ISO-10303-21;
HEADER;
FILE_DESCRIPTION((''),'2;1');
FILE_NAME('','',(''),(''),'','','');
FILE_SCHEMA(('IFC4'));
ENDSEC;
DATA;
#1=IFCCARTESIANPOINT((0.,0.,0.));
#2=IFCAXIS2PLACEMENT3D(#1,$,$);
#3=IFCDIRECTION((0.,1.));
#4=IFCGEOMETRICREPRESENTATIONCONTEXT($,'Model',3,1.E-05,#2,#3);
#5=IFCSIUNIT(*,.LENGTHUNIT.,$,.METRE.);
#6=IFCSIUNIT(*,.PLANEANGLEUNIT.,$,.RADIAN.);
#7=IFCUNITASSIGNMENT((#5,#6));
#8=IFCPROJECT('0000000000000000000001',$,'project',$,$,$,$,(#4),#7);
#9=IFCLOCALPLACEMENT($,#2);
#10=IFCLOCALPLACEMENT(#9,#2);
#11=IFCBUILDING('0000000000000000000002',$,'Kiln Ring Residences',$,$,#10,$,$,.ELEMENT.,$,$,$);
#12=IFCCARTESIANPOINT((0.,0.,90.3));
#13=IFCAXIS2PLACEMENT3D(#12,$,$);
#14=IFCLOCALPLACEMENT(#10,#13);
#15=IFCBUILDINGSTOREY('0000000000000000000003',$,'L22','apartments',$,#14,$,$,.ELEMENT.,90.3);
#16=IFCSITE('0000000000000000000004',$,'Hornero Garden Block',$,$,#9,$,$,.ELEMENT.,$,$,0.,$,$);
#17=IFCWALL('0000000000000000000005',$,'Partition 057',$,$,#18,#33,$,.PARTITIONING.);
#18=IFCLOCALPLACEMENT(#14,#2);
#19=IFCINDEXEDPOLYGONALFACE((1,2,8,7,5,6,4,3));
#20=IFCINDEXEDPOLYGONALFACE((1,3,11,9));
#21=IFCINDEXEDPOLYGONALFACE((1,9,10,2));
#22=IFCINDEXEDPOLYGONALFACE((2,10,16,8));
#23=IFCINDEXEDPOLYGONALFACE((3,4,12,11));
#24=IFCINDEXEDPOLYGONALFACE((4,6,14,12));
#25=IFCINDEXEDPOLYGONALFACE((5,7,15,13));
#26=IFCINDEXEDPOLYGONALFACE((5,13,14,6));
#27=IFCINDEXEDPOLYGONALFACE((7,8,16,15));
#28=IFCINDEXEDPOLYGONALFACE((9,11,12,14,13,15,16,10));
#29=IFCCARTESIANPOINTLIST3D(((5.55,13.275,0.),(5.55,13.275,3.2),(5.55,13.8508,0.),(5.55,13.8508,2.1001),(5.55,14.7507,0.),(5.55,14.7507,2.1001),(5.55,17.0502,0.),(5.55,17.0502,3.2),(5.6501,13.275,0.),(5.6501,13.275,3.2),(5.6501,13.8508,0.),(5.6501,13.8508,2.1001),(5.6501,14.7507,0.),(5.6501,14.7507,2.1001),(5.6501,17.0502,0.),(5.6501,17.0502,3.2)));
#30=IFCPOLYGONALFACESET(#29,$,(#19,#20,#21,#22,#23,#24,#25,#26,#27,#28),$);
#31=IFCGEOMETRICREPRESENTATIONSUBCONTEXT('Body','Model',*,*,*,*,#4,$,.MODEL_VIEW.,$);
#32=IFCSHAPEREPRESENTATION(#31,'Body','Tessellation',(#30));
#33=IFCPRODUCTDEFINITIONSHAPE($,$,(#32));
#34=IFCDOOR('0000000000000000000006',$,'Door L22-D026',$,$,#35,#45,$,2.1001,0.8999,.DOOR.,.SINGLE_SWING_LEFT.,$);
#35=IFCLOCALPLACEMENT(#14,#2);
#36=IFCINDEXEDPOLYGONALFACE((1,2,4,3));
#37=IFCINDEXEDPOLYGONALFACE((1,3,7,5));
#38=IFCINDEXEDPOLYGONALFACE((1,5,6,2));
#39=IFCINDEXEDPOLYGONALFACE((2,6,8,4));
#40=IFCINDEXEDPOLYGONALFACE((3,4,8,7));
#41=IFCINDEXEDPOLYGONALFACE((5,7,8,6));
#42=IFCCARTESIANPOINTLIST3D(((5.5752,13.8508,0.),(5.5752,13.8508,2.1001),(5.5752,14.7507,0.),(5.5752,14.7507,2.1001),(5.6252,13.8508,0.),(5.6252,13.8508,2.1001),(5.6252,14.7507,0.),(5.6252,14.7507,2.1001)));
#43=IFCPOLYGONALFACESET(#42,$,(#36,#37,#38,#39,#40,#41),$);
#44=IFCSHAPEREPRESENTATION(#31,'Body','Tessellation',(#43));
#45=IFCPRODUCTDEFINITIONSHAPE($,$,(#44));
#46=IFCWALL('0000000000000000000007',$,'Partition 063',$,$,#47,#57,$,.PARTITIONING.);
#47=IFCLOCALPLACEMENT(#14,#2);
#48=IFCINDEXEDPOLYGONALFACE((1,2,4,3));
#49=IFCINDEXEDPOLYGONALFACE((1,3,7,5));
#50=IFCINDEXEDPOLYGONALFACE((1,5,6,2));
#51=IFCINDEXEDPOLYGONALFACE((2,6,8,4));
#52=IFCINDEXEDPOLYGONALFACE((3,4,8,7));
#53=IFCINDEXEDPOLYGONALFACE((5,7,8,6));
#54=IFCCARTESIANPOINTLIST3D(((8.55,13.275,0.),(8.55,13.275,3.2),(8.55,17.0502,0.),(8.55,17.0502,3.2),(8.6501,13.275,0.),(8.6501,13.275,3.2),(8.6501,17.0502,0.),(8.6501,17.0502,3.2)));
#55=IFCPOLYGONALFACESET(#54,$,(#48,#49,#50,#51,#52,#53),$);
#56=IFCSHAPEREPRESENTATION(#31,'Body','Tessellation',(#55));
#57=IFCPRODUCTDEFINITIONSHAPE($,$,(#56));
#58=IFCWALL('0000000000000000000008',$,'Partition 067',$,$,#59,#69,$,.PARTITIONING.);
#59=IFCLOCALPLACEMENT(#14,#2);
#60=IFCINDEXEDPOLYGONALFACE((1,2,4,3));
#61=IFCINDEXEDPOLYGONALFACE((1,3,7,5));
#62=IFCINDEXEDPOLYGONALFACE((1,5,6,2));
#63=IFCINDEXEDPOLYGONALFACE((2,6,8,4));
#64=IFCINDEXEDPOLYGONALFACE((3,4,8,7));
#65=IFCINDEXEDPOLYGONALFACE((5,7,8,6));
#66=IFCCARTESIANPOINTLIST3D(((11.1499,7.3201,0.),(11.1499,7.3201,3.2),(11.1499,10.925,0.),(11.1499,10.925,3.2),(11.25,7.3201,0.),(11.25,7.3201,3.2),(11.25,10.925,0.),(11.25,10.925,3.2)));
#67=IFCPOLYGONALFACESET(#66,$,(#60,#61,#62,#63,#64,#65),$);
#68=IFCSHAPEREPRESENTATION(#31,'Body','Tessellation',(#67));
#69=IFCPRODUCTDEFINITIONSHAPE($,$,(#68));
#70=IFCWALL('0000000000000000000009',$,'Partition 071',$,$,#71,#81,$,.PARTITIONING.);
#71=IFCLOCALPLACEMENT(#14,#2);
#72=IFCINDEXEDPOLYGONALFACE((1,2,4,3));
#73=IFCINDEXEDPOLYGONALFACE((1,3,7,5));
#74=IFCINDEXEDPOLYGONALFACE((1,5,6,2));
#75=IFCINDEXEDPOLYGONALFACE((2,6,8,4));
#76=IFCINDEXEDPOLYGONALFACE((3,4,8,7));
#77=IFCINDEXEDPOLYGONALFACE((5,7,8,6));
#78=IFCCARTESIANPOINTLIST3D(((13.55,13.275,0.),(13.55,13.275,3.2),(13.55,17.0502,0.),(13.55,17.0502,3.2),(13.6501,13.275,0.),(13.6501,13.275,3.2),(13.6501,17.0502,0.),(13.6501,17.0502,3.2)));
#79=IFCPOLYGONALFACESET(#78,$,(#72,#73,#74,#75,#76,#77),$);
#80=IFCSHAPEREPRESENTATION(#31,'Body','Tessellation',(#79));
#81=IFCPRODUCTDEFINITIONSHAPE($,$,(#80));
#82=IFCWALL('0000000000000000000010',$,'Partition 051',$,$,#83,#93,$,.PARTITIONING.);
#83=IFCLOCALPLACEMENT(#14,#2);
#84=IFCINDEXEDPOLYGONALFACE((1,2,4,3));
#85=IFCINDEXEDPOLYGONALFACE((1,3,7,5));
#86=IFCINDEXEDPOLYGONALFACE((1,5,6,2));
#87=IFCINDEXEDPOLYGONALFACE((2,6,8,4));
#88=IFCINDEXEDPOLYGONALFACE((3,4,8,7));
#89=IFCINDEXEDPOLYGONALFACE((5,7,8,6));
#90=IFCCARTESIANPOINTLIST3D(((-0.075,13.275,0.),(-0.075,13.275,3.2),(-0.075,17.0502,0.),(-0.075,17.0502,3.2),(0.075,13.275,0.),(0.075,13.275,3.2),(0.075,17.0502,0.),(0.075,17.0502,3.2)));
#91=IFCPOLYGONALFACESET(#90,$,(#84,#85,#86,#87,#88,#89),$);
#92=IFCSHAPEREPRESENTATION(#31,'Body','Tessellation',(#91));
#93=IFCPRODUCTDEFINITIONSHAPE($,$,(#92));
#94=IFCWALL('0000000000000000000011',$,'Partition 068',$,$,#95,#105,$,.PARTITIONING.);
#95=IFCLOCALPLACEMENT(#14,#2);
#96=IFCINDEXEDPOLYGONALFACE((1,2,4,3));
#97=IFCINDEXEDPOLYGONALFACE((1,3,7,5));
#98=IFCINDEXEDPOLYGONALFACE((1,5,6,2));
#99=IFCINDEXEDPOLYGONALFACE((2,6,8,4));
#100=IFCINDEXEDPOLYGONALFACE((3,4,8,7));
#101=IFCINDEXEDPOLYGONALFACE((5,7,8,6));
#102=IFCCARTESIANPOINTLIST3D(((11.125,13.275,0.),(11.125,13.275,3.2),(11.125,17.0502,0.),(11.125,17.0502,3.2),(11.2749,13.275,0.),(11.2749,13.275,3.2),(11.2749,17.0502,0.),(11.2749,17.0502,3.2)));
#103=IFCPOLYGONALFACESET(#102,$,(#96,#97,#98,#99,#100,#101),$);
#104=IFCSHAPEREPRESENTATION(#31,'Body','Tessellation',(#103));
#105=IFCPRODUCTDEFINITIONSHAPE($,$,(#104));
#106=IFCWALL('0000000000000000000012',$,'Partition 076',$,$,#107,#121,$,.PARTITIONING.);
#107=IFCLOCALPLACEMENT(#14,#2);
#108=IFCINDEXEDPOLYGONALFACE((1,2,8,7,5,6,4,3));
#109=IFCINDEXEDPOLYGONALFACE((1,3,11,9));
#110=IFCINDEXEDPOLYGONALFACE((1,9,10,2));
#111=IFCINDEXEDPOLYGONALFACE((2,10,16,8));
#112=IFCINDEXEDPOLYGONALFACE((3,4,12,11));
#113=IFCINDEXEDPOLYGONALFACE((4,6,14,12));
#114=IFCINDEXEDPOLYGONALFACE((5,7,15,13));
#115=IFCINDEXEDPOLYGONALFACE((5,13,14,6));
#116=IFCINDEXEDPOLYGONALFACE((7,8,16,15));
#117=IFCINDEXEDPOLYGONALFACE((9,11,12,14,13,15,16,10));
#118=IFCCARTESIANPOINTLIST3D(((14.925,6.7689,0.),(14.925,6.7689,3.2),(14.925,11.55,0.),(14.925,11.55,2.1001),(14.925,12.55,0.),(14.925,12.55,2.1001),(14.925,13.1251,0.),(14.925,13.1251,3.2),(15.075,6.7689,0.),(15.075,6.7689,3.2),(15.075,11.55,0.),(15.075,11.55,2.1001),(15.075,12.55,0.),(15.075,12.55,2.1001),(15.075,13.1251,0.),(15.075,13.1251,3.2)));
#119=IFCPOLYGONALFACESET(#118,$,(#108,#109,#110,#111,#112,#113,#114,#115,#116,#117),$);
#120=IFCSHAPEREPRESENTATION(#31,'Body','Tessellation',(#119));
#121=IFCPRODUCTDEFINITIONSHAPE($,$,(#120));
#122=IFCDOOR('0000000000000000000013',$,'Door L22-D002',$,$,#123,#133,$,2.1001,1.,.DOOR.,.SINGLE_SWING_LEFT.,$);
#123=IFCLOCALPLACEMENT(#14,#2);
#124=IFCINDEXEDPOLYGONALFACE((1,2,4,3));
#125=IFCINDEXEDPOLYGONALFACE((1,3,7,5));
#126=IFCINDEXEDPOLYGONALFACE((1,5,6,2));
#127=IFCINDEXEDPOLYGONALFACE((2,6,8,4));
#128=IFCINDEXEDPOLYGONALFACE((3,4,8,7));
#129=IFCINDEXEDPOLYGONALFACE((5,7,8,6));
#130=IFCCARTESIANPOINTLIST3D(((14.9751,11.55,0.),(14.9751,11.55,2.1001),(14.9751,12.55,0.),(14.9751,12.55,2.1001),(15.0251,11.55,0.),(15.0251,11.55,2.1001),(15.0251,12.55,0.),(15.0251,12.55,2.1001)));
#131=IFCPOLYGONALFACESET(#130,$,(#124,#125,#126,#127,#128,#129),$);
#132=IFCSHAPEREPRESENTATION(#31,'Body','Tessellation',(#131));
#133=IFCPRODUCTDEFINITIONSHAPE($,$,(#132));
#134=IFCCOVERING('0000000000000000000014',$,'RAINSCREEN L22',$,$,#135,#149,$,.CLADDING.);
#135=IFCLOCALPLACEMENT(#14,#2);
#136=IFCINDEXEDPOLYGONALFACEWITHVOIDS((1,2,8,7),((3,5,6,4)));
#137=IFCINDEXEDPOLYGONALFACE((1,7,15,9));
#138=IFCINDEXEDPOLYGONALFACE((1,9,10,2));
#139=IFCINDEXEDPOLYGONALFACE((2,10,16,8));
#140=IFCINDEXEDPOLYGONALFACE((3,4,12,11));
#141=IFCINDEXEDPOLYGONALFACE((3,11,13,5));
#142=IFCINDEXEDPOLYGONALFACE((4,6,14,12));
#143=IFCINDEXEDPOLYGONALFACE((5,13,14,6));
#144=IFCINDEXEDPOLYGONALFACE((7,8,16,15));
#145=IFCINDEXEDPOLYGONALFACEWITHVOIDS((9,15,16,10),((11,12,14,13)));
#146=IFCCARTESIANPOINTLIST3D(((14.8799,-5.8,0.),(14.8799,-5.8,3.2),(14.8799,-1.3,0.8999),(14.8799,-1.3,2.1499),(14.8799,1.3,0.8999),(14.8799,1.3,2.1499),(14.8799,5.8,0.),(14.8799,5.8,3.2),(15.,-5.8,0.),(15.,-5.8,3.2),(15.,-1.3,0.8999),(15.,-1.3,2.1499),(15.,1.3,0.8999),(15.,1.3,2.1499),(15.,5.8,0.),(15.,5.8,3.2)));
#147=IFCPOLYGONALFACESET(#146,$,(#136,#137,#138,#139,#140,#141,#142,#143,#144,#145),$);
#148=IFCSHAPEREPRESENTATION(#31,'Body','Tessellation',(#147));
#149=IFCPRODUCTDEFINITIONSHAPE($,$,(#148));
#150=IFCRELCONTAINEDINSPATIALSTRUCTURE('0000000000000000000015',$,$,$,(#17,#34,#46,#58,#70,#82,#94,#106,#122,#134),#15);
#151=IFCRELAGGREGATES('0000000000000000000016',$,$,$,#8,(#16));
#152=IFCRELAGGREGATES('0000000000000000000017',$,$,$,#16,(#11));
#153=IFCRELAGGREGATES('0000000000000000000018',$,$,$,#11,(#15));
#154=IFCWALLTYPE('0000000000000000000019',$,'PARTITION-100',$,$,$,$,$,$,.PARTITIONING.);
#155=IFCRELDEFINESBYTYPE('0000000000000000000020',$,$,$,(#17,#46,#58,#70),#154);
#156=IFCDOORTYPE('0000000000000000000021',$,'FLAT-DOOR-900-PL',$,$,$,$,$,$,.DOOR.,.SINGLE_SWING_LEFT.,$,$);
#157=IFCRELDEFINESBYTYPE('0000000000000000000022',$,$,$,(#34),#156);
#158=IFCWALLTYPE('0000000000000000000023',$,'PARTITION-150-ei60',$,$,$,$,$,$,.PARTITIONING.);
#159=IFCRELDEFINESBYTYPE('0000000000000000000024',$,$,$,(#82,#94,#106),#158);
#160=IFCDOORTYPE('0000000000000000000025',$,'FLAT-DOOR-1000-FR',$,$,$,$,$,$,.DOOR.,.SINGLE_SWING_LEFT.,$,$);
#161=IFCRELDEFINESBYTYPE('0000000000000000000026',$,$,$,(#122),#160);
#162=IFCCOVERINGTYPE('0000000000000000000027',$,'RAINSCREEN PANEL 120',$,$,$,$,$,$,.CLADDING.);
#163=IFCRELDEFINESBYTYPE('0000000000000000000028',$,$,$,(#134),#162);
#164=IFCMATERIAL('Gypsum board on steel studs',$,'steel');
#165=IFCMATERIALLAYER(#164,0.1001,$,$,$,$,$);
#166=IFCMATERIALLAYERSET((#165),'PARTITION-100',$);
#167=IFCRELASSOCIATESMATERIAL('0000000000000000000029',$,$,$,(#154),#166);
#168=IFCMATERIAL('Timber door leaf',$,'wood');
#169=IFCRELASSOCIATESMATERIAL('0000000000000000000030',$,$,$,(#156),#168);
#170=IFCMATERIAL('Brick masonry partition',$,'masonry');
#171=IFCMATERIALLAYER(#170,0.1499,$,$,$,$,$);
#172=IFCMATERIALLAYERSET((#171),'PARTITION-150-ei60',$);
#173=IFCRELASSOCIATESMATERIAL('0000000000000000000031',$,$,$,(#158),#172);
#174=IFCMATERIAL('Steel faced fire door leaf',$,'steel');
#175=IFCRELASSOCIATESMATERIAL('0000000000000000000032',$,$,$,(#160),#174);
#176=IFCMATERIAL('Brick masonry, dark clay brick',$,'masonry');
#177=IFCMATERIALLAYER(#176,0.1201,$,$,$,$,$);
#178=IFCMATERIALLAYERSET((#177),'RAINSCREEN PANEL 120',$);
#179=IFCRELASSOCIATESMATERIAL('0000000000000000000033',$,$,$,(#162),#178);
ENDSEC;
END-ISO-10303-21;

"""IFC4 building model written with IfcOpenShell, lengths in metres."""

from ifc_helpers import new_model, si_unit, direction, frame, frame_2d, origin, place, context, subcontext, project, spatial, polyline, rectangle, outline, extrude, material, layer, layer_set, type_object, element, fill, save


model = new_model("IFC4")

# Units and contexts
model_context = context("Model", 3, precision=1e-05, world=origin(), true_north=direction((0.0, 1.0)))
body_context = subcontext(model_context, "Body", "Model", "MODEL_VIEW")
ifc_project = project(units=[si_unit("LENGTHUNIT", "METRE"), si_unit("PLANEANGLEUNIT", "RADIAN")], contexts=[model_context])

# Site, building, storey
site_placement = place(None, origin())
site = spatial("IfcSite", under=ifc_project, at=site_placement, Name="Hornero Garden Block", CompositionType="ELEMENT", RefElevation=0.0)
building_placement = place(site_placement, origin())
building = spatial("IfcBuilding", under=site, at=building_placement, Name="Kiln Ring Residences", CompositionType="ELEMENT")
storey_placement = place(building_placement, frame((0.0, 0.0, 90.3)))
storey = spatial("IfcBuildingStorey", under=building, at=storey_placement, Name="L22", Description="apartments", CompositionType="ELEMENT", Elevation=90.3)

# Shared definitions
ifc_material_1 = material(Name="Gypsum board on steel studs", Category="steel")
ifc_layer_1 = layer(ifc_material_1, 0.1001)
ifc_layer_set_1 = layer_set([ifc_layer_1], Name="PARTITION-100")
wall_type_1 = type_object("IfcWallType", Name="PARTITION-100", PredefinedType="PARTITIONING", material=ifc_layer_set_1)

# Wall, opening, door
wall_1_placement = place(storey_placement, frame((5.6001, 13.2749, 0.0), z_axis=(0.0, 0.0, 1.0), x_axis=(0.0, 1.0, 0.0)))
wall_1 = element("IfcWall", 1, at=wall_1_placement, inside=storey, type_object=wall_type_1, Name="Partition 057", PredefinedType="PARTITIONING", context=body_context, shape_type="SweptSolid", body=[
    extrude(rectangle(XDim=3.7751, YDim=0.1001, at=frame_2d((1.8877, 0.0))), origin(), (0.0, 0.0, 1.0), 3.2),
])
opening_1_placement = place(wall_1_placement, frame((0.5759, 0.0, 0.0)))
opening_1 = element("IfcOpeningElement", 2, at=opening_1_placement, cuts=wall_1, PredefinedType="OPENING", context=body_context, shape_type="SweptSolid", body=[
    extrude(rectangle(XDim=0.8999, YDim=2.1001, at=frame_2d((0.45, 1.05))), frame((0.0, 0.0601, 0.0), z_axis=(0.0, -1.0, 0.0), x_axis=(1.0, 0.0, 0.0)), (0.0, 0.0, 1.0), 0.1201),
])
ifc_material_2 = material(Name="Timber door leaf", Category="wood")
door_type_1 = type_object("IfcDoorType", Name="FLAT-DOOR-900-PL", OperationType="SINGLE_SWING_LEFT", PredefinedType="DOOR", material=ifc_material_2)
door_1_placement = place(opening_1_placement, origin())
door_1 = element("IfcDoor", 3, at=door_1_placement, inside=storey, type_object=door_type_1, Name="Door L22-D026", OperationType="SINGLE_SWING_LEFT", OverallHeight=2.1001, OverallWidth=0.8999, PredefinedType="DOOR", context=body_context, shape_type="SweptSolid", body=[
    extrude(rectangle(XDim=0.8999, YDim=2.1001, at=frame_2d((0.45, 1.05))), frame((0.0, 0.0249, 0.0), z_axis=(0.0, -1.0, 0.0), x_axis=(1.0, 0.0, 0.0)), (0.0, 0.0, 1.0), 0.05),
])
fill(opening_1, door_1)

# Walls
wall_2_placement = place(storey_placement, frame((8.6001, 13.2749, 0.0), z_axis=(0.0, 0.0, 1.0), x_axis=(0.0, 1.0, 0.0)))
element("IfcWall", 4, at=wall_2_placement, inside=storey, type_object=wall_type_1, Name="Partition 063", PredefinedType="PARTITIONING", context=body_context, shape_type="SweptSolid", body=[
    extrude(rectangle(XDim=3.7751, YDim=0.1001, at=frame_2d((1.8877, 0.0))), origin(), (0.0, 0.0, 1.0), 3.2),
])
wall_3_placement = place(storey_placement, frame((11.2, 7.3201, 0.0), z_axis=(0.0, 0.0, 1.0), x_axis=(0.0, 1.0, 0.0)))
element("IfcWall", 5, at=wall_3_placement, inside=storey, type_object=wall_type_1, Name="Partition 067", PredefinedType="PARTITIONING", context=body_context, shape_type="SweptSolid", body=[
    extrude(rectangle(XDim=3.605, YDim=0.1001, at=frame_2d((1.8025, 0.0))), origin(), (0.0, 0.0, 1.0), 3.2),
])
wall_4_placement = place(storey_placement, frame((13.6001, 13.2749, 0.0), z_axis=(0.0, 0.0, 1.0), x_axis=(0.0, 1.0, 0.0)))
element("IfcWall", 6, at=wall_4_placement, inside=storey, type_object=wall_type_1, Name="Partition 071", PredefinedType="PARTITIONING", context=body_context, shape_type="SweptSolid", body=[
    extrude(rectangle(XDim=3.7751, YDim=0.1001, at=frame_2d((1.8877, 0.0))), origin(), (0.0, 0.0, 1.0), 3.2),
])
ifc_material_3 = material(Name="Brick masonry partition", Category="masonry")
ifc_layer_2 = layer(ifc_material_3, 0.1499)
ifc_layer_set_2 = layer_set([ifc_layer_2], Name="PARTITION-150-ei60")
wall_type_2 = type_object("IfcWallType", Name="PARTITION-150-ei60", PredefinedType="PARTITIONING", material=ifc_layer_set_2)
for number, where, z_axis, x_axis, name in (
    (7, (0.0, 13.2749, 0.0), (0.0, 0.0, 1.0), (0.0, 1.0, 0.0), "Partition 051"),
    (8, (11.2, 13.2749, 0.0), (0.0, 0.0, 1.0), (0.0, 1.0, 0.0), "Partition 068"),
):
    element("IfcWall", number, at=place(storey_placement, frame(where, z_axis=z_axis, x_axis=x_axis)), inside=storey, type_object=wall_type_2, Name=name, PredefinedType="PARTITIONING", context=body_context, shape_type="SweptSolid", body=[
        extrude(rectangle(XDim=3.7751, YDim=0.1499, at=frame_2d((1.8877, 0.0))), origin(), (0.0, 0.0, 1.0), 3.2),
    ])

# Wall, opening, door
wall_5_placement = place(storey_placement, frame((15.0, 6.7688, 0.0), z_axis=(0.0, 0.0, 1.0), x_axis=(0.0, 1.0, 0.0)))
wall_5 = element("IfcWall", 9, at=wall_5_placement, inside=storey, type_object=wall_type_2, Name="Partition 076", PredefinedType="PARTITIONING", context=body_context, shape_type="SweptSolid", body=[
    extrude(rectangle(XDim=6.3562, YDim=0.1499, at=frame_2d((3.1782, 0.0))), origin(), (0.0, 0.0, 1.0), 3.2),
])
opening_2_placement = place(wall_5_placement, frame((4.7812, 0.0, 0.0)))
opening_2 = element("IfcOpeningElement", 10, at=opening_2_placement, cuts=wall_5, PredefinedType="OPENING", context=body_context, shape_type="SweptSolid", body=[
    extrude(rectangle(XDim=1.0, YDim=2.1001, at=frame_2d((0.5, 1.05))), frame((0.0, 0.085, 0.0), z_axis=(0.0, -1.0, 0.0), x_axis=(1.0, 0.0, 0.0)), (0.0, 0.0, 1.0), 0.1699),
])
ifc_material_4 = material(Name="Steel faced fire door leaf", Category="steel")
door_type_2 = type_object("IfcDoorType", Name="FLAT-DOOR-1000-FR", OperationType="SINGLE_SWING_LEFT", PredefinedType="DOOR", material=ifc_material_4)
door_2_placement = place(opening_2_placement, origin())
door_2 = element("IfcDoor", 11, at=door_2_placement, inside=storey, type_object=door_type_2, Name="Door L22-D002", OperationType="SINGLE_SWING_LEFT", OverallHeight=2.1001, OverallWidth=1.0, PredefinedType="DOOR", context=body_context, shape_type="SweptSolid", body=[
    extrude(rectangle(XDim=1.0, YDim=2.1001, at=frame_2d((0.5, 1.05))), frame((0.0, 0.0249, 0.0), z_axis=(0.0, -1.0, 0.0), x_axis=(1.0, 0.0, 0.0)), (0.0, 0.0, 1.0), 0.05),
])
fill(opening_2, door_2)

# Covering
ifc_material_5 = material(Name="Brick masonry, dark clay brick", Category="masonry")
ifc_layer_3 = layer(ifc_material_5, 0.1201)
ifc_layer_set_3 = layer_set([ifc_layer_3], Name="RAINSCREEN PANEL 120")
covering_type = type_object("IfcCoveringType", Name="RAINSCREEN PANEL 120", PredefinedType="CLADDING", material=ifc_layer_set_3)
covering_placement = place(storey_placement, frame((14.9399, 5.8, 0.0), z_axis=(0.0, 0.0, 1.0), x_axis=(0.0, -1.0, 0.0)))
element("IfcCovering", 12, at=covering_placement, inside=storey, type_object=covering_type, Name="RAINSCREEN L22", PredefinedType="CLADDING", context=body_context, shape_type="SweptSolid", body=[
    extrude(outline(polyline([(0.0, 0.0), (11.6001, 0.0), (11.6001, 3.2), (0.0, 3.2), (0.0, 0.0)]), holes=[polyline([(4.5, 2.1499), (4.5, 0.8999), (7.1001, 0.8999), (7.1001, 2.1499), (4.5, 2.1499)])]), frame((0.0, 0.0601, 0.0), z_axis=(0.0, -1.0, 0.0), x_axis=(1.0, 0.0, 0.0)), (0.0, 0.0, 1.0), 0.1201),
])

save(model, "model.ifc")
